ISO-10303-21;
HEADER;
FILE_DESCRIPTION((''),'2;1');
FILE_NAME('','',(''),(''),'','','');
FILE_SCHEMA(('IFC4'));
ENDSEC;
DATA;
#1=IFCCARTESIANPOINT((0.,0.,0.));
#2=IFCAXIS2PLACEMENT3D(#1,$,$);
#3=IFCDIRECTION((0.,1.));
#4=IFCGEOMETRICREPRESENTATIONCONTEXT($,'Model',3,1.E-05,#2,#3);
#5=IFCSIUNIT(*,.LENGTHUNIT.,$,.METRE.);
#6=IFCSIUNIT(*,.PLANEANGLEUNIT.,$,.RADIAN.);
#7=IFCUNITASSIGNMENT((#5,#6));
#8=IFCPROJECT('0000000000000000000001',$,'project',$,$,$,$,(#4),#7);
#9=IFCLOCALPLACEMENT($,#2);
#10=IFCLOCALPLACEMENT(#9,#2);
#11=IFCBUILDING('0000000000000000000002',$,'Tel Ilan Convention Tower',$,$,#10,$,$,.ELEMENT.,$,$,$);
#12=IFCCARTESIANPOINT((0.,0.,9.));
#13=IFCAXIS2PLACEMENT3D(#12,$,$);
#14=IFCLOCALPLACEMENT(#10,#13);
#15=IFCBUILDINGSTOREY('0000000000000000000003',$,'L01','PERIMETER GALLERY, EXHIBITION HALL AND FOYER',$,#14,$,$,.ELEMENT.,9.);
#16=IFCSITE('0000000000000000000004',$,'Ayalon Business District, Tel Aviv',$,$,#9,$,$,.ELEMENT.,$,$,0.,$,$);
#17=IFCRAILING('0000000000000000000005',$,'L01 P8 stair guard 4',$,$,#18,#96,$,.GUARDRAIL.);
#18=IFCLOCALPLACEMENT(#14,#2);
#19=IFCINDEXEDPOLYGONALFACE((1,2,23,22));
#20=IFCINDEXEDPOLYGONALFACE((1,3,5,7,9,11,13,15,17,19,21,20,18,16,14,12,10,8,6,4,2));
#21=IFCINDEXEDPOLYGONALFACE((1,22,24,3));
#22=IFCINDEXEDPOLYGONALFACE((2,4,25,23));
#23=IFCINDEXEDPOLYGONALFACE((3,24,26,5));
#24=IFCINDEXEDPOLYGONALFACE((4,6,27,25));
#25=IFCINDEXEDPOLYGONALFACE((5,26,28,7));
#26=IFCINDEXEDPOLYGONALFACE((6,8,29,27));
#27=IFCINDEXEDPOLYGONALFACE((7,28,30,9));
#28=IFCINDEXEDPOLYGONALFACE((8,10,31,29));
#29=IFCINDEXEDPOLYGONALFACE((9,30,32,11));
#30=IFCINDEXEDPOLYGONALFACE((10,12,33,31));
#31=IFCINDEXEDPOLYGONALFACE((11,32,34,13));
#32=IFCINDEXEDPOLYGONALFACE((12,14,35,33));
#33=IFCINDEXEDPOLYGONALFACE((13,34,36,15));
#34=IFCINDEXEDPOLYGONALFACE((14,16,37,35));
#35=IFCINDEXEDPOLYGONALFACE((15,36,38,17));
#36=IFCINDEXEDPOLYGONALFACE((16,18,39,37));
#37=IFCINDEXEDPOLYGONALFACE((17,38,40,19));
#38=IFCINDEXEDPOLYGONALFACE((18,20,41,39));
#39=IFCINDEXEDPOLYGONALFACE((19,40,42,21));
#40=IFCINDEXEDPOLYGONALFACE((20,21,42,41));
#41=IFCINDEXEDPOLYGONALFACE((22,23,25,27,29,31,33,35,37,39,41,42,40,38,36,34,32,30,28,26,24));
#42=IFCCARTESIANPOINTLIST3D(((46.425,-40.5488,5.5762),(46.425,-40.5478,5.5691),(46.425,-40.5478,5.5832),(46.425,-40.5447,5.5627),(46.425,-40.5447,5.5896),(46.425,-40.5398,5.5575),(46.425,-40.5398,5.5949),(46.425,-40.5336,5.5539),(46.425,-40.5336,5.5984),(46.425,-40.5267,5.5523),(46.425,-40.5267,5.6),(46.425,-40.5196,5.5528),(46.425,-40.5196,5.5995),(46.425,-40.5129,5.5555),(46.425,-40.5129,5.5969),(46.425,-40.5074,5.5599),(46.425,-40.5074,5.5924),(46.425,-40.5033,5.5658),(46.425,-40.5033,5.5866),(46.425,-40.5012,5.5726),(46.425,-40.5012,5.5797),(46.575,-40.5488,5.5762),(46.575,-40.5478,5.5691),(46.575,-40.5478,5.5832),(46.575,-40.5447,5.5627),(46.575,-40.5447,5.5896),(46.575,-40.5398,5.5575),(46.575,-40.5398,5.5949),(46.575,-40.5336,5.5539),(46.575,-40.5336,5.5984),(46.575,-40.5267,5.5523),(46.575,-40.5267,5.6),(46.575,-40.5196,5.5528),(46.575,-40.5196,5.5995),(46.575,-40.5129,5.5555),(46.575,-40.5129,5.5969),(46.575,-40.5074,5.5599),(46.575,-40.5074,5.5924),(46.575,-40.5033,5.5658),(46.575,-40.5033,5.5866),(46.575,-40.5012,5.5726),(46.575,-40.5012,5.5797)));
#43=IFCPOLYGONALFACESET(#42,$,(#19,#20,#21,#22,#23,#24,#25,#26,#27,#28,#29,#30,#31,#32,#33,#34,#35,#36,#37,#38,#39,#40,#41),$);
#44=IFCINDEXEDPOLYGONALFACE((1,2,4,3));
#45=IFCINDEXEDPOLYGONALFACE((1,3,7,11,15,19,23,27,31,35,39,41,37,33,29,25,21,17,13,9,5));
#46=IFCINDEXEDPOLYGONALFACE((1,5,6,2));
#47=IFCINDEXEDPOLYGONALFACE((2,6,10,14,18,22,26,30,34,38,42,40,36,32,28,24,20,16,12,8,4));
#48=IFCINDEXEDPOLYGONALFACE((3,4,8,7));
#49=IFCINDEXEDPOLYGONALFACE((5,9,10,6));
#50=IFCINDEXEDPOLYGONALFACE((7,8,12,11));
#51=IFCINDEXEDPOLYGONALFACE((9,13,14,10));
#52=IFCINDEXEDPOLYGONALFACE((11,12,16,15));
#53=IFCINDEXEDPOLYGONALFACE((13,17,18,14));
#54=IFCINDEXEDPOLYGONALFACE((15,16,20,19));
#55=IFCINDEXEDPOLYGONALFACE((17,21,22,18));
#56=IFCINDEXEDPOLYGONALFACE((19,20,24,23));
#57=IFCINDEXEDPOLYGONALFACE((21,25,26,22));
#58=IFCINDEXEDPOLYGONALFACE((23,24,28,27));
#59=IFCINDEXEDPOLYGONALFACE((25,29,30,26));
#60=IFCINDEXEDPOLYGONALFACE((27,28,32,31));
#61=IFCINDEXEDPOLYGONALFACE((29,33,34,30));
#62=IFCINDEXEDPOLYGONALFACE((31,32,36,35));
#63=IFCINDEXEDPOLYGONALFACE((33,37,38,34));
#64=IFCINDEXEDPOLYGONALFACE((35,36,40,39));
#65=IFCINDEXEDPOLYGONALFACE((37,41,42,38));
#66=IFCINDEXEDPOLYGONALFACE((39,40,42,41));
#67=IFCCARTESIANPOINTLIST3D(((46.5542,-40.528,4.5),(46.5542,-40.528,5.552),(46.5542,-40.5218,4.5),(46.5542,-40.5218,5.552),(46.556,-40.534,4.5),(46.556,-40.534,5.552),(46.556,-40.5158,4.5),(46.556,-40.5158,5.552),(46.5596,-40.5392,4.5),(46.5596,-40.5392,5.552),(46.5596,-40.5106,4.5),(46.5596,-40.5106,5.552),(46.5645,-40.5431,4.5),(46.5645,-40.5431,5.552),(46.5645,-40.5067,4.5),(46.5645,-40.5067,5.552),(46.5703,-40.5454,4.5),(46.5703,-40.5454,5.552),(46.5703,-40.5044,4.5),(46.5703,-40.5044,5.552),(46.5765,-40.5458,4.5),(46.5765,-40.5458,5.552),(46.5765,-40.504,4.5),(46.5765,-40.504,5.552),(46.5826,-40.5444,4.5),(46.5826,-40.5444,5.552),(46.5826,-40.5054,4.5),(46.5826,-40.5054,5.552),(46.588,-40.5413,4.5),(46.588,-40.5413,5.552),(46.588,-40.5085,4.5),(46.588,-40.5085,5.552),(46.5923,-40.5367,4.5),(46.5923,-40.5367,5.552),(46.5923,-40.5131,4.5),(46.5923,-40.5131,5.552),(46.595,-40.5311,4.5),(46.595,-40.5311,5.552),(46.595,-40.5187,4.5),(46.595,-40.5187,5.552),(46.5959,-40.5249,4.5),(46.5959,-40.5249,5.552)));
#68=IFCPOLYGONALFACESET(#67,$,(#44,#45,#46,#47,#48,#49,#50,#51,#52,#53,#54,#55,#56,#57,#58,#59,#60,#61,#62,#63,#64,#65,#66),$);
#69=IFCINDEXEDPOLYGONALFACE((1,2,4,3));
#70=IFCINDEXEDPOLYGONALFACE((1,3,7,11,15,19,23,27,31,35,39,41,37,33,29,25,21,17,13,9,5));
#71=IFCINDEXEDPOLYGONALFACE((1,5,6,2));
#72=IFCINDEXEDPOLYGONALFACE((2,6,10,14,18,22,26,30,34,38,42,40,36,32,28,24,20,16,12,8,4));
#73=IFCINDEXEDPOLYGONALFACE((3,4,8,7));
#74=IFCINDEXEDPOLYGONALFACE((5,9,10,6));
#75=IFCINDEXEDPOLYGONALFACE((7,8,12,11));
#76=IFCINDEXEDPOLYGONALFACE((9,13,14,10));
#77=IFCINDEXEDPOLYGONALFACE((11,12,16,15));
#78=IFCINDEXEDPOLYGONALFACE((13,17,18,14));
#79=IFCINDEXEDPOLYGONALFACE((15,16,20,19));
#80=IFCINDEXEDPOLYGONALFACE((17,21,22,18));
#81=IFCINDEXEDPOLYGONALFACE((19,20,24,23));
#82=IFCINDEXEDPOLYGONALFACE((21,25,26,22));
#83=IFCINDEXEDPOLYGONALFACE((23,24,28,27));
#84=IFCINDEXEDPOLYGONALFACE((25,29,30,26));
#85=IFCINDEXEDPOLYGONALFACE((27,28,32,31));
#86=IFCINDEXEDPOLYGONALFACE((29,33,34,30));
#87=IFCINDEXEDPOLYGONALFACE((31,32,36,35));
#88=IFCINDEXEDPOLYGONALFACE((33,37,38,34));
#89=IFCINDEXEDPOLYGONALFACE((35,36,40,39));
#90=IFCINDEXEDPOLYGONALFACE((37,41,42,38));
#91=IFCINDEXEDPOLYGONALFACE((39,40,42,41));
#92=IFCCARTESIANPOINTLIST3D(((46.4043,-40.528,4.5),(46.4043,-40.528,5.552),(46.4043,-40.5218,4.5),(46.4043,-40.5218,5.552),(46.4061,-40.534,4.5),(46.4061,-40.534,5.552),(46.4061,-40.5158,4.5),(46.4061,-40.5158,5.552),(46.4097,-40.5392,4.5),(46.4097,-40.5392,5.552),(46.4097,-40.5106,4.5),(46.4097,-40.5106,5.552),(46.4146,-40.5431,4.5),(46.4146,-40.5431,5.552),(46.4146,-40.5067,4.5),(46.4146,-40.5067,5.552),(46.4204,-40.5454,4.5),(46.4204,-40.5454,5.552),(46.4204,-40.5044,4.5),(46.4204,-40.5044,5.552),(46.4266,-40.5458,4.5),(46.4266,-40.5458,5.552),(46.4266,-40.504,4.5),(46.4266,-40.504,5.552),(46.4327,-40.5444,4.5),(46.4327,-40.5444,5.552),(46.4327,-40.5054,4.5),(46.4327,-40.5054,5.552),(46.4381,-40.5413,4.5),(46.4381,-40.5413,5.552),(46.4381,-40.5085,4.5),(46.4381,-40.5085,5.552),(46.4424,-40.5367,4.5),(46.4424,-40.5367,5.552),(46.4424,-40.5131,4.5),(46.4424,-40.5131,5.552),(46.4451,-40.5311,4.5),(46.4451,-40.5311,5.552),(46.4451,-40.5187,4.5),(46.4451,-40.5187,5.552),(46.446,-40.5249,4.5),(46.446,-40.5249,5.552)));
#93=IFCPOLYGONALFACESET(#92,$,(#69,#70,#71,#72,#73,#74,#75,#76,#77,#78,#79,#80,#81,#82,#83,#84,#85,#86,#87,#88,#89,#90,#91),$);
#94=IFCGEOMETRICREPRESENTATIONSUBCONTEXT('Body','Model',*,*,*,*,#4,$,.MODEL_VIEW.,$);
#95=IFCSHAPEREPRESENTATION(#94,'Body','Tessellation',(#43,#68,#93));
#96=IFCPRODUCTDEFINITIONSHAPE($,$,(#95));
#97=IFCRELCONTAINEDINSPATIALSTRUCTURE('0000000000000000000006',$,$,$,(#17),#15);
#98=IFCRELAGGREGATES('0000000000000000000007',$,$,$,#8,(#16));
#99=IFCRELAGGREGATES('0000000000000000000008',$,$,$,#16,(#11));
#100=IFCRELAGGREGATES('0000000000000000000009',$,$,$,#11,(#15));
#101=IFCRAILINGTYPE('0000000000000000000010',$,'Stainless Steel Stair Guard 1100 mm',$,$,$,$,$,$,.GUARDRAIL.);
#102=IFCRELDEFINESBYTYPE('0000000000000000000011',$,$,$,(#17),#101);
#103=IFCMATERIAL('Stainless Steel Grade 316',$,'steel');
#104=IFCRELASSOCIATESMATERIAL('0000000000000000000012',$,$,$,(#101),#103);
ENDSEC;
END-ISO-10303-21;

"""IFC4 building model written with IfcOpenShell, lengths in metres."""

from ifc_helpers import new_model, si_unit, direction, frame, origin, origin_2d, place, context, subcontext, project, spatial, circle, extrude, material, type_object, element, save


model = new_model("IFC4")

# Units and contexts
model_context = context("Model", 3, precision=1e-05, world=origin(), true_north=direction((0.0, 1.0)))
body_context = subcontext(model_context, "Body", "Model", "MODEL_VIEW")
ifc_project = project(units=[si_unit("LENGTHUNIT", "METRE"), si_unit("PLANEANGLEUNIT", "RADIAN")], contexts=[model_context])

# Site, building, storey
site_placement = place(None, origin())
site = spatial("IfcSite", under=ifc_project, at=site_placement, Name="Ayalon Business District, Tel Aviv", CompositionType="ELEMENT", RefElevation=0.0)
building_placement = place(site_placement, origin())
building = spatial("IfcBuilding", under=site, at=building_placement, Name="Tel Ilan Convention Tower", CompositionType="ELEMENT")
storey_placement = place(building_placement, frame((0.0, 0.0, 9.0)))
storey = spatial("IfcBuildingStorey", under=building, at=storey_placement, Name="L01", Description="PERIMETER GALLERY, EXHIBITION HALL AND FOYER", CompositionType="ELEMENT", Elevation=9.0)

# Railing
ifc_material_1 = material(Name="Stainless Steel Grade 316", Category="steel")
railing_type_1 = type_object("IfcRailingType", Name="Stainless Steel Stair Guard 1100 mm", PredefinedType="GUARDRAIL", material=ifc_material_1)
railing_1_placement = place(storey_placement, frame((46.575, -40.5249, 4.5)))
element("IfcRailing", 1, at=railing_1_placement, inside=storey, type_object=railing_type_1, Name="L01 P8 stair guard 4", PredefinedType="GUARDRAIL", context=body_context, shape_type="SweptSolid", body=[
    extrude(circle(Radius=0.0239, at=origin_2d()), frame((0.0, 0.0, 1.0762), z_axis=(-1.0, 0.0, 0.0), x_axis=(0.0, -1.0, 0.0)), (0.0, 0.0, 1.0), 0.1499),
    extrude(circle(Radius=0.021, at=origin_2d()), origin(), (0.0, 0.0, 1.0), 1.052),
    extrude(circle(Radius=0.021, at=origin_2d()), frame((-0.1499, 0.0, 0.0)), (0.0, 0.0, 1.0), 1.052),
])

save(model, "model.ifc")
